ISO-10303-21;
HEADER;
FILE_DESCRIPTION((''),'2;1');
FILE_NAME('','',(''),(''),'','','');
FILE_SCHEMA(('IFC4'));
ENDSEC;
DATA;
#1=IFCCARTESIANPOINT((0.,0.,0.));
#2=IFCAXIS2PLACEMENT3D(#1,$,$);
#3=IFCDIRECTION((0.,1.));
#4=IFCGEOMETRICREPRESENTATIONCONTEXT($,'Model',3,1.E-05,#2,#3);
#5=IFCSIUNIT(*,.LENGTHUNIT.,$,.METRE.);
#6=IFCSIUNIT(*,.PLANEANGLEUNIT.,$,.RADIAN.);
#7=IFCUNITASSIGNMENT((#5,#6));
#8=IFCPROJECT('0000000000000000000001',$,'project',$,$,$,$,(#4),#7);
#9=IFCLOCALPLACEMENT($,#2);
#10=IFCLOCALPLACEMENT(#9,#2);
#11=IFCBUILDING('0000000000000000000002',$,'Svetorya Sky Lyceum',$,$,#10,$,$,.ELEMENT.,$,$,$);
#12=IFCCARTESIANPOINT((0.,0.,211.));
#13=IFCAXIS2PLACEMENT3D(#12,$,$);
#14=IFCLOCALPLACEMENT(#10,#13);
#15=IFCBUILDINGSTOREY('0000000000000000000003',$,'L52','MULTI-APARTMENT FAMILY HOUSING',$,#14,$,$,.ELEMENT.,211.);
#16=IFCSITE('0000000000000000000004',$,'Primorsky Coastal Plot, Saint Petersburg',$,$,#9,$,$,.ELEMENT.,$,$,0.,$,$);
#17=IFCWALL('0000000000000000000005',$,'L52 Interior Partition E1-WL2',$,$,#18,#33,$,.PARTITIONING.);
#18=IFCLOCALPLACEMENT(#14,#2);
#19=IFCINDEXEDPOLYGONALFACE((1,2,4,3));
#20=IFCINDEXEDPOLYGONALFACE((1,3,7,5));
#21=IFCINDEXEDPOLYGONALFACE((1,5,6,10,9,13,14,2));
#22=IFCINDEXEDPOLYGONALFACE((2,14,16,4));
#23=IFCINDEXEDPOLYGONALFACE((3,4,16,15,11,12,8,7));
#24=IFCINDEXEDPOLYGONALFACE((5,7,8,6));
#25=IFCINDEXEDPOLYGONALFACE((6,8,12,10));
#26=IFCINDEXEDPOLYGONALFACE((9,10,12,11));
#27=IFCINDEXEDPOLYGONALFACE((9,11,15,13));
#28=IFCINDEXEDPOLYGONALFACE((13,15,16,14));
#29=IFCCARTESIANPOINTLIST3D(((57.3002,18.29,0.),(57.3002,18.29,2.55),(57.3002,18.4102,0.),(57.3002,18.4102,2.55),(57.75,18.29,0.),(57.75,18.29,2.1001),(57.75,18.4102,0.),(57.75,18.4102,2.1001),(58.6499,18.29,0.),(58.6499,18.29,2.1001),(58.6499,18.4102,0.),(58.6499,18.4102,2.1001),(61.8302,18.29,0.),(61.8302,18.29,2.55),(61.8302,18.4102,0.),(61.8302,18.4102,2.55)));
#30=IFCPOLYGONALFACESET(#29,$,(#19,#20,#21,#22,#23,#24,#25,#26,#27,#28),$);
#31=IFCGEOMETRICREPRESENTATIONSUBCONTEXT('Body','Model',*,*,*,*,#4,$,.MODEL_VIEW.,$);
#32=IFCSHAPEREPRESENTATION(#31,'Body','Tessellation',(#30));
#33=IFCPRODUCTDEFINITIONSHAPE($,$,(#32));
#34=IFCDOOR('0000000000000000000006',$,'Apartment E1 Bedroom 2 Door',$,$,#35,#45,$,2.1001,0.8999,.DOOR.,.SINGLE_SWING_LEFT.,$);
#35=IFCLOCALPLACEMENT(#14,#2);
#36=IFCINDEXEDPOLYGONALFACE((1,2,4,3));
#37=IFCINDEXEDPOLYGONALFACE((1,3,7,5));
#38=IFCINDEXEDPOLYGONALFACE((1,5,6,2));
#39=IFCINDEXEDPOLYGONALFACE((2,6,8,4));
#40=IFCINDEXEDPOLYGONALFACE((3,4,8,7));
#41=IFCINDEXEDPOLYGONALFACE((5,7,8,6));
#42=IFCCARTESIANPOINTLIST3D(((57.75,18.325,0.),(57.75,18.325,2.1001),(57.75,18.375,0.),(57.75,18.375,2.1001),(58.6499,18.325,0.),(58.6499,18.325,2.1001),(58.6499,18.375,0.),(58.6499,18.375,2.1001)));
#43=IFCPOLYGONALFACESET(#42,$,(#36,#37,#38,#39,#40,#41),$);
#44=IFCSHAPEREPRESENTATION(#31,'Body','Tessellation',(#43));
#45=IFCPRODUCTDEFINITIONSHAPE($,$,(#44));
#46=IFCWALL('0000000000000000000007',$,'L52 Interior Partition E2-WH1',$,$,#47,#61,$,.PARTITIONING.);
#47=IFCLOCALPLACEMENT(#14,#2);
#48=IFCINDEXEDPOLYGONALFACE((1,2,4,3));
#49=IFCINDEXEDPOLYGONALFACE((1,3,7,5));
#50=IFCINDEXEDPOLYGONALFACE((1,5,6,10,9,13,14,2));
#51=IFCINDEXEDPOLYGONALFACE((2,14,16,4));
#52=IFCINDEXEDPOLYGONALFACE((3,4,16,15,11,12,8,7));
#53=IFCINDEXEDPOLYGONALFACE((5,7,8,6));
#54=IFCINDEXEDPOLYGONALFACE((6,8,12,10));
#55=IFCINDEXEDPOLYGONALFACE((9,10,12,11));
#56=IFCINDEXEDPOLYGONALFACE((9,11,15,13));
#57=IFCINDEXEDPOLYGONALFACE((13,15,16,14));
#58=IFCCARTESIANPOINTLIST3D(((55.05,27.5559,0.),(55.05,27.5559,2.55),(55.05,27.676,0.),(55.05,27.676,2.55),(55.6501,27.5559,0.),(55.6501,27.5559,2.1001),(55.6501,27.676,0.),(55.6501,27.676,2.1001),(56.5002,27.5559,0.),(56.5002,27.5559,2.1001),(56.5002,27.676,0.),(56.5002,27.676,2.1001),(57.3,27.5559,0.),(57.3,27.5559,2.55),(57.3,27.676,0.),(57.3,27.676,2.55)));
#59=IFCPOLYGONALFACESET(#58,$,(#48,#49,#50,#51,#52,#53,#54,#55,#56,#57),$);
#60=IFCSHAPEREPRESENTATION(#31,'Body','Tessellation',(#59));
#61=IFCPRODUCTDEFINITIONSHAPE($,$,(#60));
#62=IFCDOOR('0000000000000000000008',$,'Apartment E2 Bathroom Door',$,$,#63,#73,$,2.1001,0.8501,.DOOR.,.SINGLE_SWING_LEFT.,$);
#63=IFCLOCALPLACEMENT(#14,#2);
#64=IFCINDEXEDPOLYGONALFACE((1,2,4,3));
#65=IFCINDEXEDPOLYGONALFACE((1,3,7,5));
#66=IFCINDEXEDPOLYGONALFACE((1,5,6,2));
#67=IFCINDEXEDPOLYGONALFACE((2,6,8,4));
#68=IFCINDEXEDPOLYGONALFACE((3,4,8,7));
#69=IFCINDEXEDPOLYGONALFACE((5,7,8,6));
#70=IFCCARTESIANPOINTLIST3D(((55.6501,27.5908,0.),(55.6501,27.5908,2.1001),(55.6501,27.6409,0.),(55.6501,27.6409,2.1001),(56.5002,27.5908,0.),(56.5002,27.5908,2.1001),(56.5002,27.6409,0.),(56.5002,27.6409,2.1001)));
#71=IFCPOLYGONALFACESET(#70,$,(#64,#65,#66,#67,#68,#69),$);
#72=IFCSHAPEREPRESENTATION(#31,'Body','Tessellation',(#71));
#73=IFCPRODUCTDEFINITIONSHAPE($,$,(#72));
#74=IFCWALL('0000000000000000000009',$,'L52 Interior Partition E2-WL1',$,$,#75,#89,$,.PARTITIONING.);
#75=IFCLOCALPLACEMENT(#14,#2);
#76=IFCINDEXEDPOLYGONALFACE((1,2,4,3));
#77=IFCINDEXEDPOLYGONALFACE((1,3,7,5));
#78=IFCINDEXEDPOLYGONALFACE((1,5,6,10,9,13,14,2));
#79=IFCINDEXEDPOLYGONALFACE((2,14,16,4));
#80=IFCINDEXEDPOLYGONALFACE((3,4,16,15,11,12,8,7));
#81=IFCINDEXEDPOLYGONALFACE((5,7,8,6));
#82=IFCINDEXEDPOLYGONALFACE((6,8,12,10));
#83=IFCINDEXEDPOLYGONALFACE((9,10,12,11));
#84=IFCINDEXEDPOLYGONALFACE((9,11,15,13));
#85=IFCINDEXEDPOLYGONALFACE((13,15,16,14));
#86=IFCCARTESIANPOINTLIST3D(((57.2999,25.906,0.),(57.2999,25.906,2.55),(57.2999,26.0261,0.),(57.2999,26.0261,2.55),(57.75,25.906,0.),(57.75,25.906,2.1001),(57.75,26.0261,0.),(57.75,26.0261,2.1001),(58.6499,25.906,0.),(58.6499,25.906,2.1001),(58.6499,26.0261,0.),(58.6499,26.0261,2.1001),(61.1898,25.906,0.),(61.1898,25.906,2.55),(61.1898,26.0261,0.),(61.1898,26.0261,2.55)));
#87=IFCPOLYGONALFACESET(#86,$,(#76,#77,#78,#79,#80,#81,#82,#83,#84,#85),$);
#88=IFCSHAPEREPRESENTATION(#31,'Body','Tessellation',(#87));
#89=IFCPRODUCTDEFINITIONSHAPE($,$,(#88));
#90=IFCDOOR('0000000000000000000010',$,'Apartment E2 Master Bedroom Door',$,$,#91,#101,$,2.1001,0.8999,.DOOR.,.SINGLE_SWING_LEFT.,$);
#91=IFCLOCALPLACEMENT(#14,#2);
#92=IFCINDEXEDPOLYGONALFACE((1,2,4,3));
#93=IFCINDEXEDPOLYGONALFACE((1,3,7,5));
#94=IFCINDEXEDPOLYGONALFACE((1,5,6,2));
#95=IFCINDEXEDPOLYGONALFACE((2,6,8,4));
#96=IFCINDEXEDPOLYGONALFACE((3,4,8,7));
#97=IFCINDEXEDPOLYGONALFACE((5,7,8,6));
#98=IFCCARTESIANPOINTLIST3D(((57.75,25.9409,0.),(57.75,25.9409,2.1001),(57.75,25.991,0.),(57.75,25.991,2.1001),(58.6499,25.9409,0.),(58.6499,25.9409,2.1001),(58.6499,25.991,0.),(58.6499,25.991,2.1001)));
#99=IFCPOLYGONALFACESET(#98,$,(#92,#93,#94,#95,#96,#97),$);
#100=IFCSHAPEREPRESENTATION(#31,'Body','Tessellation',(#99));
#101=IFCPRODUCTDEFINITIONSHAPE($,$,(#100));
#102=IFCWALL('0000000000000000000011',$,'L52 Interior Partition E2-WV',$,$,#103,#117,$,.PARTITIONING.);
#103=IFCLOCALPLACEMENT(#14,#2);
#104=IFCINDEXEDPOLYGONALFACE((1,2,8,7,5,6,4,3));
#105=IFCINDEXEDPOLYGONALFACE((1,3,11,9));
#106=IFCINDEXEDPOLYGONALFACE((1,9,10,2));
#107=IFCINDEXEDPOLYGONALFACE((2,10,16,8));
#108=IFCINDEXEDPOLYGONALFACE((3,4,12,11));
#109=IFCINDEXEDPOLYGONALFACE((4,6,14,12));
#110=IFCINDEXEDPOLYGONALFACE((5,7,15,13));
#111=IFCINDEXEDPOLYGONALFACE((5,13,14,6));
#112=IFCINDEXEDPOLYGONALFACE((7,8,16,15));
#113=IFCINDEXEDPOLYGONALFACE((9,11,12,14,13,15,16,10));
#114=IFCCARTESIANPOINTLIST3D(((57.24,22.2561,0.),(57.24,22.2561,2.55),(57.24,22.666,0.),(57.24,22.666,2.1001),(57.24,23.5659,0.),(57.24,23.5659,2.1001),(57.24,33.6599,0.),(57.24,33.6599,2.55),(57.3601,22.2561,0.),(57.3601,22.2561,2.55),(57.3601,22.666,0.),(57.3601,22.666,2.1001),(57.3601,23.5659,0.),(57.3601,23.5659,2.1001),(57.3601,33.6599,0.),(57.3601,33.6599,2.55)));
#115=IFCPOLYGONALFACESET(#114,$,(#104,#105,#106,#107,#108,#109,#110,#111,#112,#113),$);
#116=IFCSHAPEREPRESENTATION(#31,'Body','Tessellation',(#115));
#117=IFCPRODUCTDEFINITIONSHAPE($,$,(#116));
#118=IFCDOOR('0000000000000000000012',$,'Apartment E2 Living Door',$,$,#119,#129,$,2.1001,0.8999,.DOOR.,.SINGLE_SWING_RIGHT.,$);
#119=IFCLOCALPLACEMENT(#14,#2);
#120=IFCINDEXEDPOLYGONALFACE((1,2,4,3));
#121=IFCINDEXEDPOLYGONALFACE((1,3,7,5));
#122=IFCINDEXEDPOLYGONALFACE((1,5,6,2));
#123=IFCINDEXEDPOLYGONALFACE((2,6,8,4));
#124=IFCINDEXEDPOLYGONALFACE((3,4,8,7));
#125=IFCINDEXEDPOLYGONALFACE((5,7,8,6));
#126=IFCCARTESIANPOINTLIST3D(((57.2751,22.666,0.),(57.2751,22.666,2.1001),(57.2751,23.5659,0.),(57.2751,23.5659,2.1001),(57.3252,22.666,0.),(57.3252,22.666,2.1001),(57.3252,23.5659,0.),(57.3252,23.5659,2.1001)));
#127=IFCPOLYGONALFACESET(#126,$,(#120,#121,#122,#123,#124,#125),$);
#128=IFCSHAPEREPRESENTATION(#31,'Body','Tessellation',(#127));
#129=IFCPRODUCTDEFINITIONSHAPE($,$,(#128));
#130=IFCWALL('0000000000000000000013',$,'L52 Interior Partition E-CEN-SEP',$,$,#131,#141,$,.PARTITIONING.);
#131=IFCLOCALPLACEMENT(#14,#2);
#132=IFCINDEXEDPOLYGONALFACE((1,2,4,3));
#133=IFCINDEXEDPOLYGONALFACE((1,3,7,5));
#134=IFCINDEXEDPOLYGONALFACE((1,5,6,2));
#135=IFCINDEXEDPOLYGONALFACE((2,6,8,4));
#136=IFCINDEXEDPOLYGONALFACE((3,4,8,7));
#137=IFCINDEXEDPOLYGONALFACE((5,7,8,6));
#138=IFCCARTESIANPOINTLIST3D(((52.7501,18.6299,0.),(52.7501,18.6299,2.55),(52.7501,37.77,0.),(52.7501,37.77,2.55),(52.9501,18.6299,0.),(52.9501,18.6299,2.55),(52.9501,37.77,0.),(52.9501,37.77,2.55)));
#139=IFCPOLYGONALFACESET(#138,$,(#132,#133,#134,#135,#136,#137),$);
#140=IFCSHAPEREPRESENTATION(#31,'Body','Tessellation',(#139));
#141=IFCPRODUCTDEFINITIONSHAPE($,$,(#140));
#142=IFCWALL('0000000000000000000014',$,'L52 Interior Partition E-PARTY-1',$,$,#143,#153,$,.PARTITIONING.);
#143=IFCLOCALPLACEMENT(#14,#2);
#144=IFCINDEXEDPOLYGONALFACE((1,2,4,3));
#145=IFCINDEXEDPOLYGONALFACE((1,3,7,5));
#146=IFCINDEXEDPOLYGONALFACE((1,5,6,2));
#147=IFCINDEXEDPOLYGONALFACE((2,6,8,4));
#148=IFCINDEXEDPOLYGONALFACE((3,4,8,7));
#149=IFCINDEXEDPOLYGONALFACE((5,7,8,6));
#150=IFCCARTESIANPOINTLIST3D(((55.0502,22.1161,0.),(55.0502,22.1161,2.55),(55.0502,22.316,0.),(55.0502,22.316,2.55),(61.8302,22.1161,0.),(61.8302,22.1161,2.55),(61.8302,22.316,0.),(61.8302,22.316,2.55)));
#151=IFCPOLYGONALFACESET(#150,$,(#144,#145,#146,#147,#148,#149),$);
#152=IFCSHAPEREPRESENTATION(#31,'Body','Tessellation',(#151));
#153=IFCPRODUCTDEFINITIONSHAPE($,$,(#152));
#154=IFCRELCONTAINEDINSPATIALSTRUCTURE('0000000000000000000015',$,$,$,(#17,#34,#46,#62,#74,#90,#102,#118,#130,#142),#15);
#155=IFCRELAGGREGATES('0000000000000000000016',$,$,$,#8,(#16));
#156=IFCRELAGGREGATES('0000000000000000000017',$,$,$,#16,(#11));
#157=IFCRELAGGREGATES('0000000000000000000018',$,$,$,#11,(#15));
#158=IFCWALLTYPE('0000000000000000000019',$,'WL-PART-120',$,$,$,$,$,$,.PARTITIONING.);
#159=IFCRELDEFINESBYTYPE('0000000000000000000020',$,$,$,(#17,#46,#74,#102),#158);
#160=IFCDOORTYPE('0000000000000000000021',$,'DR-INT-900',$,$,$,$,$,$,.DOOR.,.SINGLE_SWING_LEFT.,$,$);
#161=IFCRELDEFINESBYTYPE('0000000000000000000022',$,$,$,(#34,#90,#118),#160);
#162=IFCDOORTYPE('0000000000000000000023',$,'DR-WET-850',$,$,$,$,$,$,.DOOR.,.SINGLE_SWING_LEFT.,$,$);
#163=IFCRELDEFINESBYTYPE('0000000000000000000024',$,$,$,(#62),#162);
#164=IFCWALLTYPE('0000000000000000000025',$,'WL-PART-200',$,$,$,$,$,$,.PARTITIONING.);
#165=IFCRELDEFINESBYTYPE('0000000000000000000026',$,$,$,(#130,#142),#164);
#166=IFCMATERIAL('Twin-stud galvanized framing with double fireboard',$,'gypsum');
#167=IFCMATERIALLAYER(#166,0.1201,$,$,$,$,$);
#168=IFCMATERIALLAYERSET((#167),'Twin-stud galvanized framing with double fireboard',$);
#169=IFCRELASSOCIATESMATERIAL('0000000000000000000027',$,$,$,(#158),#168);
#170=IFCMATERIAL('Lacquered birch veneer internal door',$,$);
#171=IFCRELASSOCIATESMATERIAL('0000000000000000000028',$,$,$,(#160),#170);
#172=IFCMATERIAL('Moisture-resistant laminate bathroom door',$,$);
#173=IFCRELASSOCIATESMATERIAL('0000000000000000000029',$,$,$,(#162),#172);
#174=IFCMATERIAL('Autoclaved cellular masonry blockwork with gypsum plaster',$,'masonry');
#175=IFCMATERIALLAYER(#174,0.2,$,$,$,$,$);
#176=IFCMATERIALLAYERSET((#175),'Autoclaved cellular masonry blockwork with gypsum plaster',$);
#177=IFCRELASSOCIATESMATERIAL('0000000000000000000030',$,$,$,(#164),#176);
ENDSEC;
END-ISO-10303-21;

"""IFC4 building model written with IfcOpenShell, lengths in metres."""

from ifc_helpers import new_model, si_unit, direction, frame, frame_2d, origin, place, context, subcontext, project, spatial, rectangle, extrude, material, layer, layer_set, type_object, element, fill, save


model = new_model("IFC4")

# Units and contexts
model_context = context("Model", 3, precision=1e-05, world=origin(), true_north=direction((0.0, 1.0)))
body_context = subcontext(model_context, "Body", "Model", "MODEL_VIEW")
ifc_project = project(units=[si_unit("LENGTHUNIT", "METRE"), si_unit("PLANEANGLEUNIT", "RADIAN")], contexts=[model_context])

# Site, building, storey
site_placement = place(None, origin())
site = spatial("IfcSite", under=ifc_project, at=site_placement, Name="Primorsky Coastal Plot, Saint Petersburg", CompositionType="ELEMENT", RefElevation=0.0)
building_placement = place(site_placement, origin())
building = spatial("IfcBuilding", under=site, at=building_placement, Name="Svetorya Sky Lyceum", CompositionType="ELEMENT")
storey_placement = place(building_placement, frame((0.0, 0.0, 211.0)))
storey = spatial("IfcBuildingStorey", under=building, at=storey_placement, Name="L52", Description="MULTI-APARTMENT FAMILY HOUSING", CompositionType="ELEMENT", Elevation=211.0)

# Walls, openings, doors
ifc_material_1 = material(Name="Twin-stud galvanized framing with double fireboard", Category="gypsum")
ifc_layer_1 = layer(ifc_material_1, 0.1201)
ifc_layer_set_1 = layer_set([ifc_layer_1], Name="Twin-stud galvanized framing with double fireboard")
wall_type_1 = type_object("IfcWallType", Name="WL-PART-120", PredefinedType="PARTITIONING", material=ifc_layer_set_1)
wall_1_placement = place(storey_placement, frame((57.3, 18.3501, 0.0), z_axis=(0.0, 0.0, 1.0), x_axis=(1.0, 0.0, 0.0)))
wall_1 = element("IfcWall", 1, at=wall_1_placement, inside=storey, type_object=wall_type_1, Name="L52 Interior Partition E1-WL2", PredefinedType="PARTITIONING", context=body_context, shape_type="SweptSolid", body=[
    extrude(rectangle(XDim=4.53, YDim=0.1201, at=frame_2d((2.2651, 0.0))), origin(), (0.0, 0.0, 1.0), 2.55),
])
opening_1_placement = place(wall_1_placement, frame((0.45, 0.0, 0.0)))
opening_1 = element("IfcOpeningElement", 2, at=opening_1_placement, cuts=wall_1, PredefinedType="OPENING", context=body_context, shape_type="SweptSolid", body=[
    extrude(rectangle(XDim=0.8999, YDim=2.1001, at=frame_2d((0.45, 1.05))), frame((0.0, 0.0701, 0.0), z_axis=(0.0, -1.0, 0.0), x_axis=(1.0, 0.0, 0.0)), (0.0, 0.0, 1.0), 0.1401),
])
ifc_material_2 = material(Name="Lacquered birch veneer internal door")
door_type_1 = type_object("IfcDoorType", Name="DR-INT-900", OperationType="SINGLE_SWING_LEFT", PredefinedType="DOOR", material=ifc_material_2)
door_1_placement = place(opening_1_placement, origin())
door_1 = element("IfcDoor", 3, at=door_1_placement, inside=storey, type_object=door_type_1, Name="Apartment E1 Bedroom 2 Door", OperationType="SINGLE_SWING_LEFT", OverallHeight=2.1001, OverallWidth=0.8999, PredefinedType="DOOR", context=body_context, shape_type="SweptSolid", body=[
    extrude(rectangle(XDim=0.8999, YDim=2.1001, at=frame_2d((0.45, 1.05))), frame((0.0, 0.0249, 0.0), z_axis=(0.0, -1.0, 0.0), x_axis=(1.0, 0.0, 0.0)), (0.0, 0.0, 1.0), 0.05),
])
fill(opening_1, door_1)
wall_2_placement = place(storey_placement, frame((55.05, 27.616, 0.0), z_axis=(0.0, 0.0, 1.0), x_axis=(1.0, 0.0, 0.0)))
wall_2 = element("IfcWall", 4, at=wall_2_placement, inside=storey, type_object=wall_type_1, Name="L52 Interior Partition E2-WH1", PredefinedType="PARTITIONING", context=body_context, shape_type="SweptSolid", body=[
    extrude(rectangle(XDim=2.25, YDim=0.1201, at=frame_2d((1.125, 0.0))), origin(), (0.0, 0.0, 1.0), 2.55),
])
opening_2_placement = place(wall_2_placement, frame((0.6001, 0.0, 0.0)))
opening_2 = element("IfcOpeningElement", 5, at=opening_2_placement, cuts=wall_2, PredefinedType="OPENING", context=body_context, shape_type="SweptSolid", body=[
    extrude(rectangle(XDim=0.8501, YDim=2.1001, at=frame_2d((0.425, 1.05))), frame((0.0, 0.0701, 0.0), z_axis=(0.0, -1.0, 0.0), x_axis=(1.0, 0.0, 0.0)), (0.0, 0.0, 1.0), 0.1401),
])
ifc_material_3 = material(Name="Moisture-resistant laminate bathroom door")
door_type_2 = type_object("IfcDoorType", Name="DR-WET-850", OperationType="SINGLE_SWING_LEFT", PredefinedType="DOOR", material=ifc_material_3)
door_2_placement = place(opening_2_placement, origin())
door_2 = element("IfcDoor", 6, at=door_2_placement, inside=storey, type_object=door_type_2, Name="Apartment E2 Bathroom Door", OperationType="SINGLE_SWING_LEFT", OverallHeight=2.1001, OverallWidth=0.8501, PredefinedType="DOOR", context=body_context, shape_type="SweptSolid", body=[
    extrude(rectangle(XDim=0.8501, YDim=2.1001, at=frame_2d((0.425, 1.05))), frame((0.0, 0.0249, 0.0), z_axis=(0.0, -1.0, 0.0), x_axis=(1.0, 0.0, 0.0)), (0.0, 0.0, 1.0), 0.05),
])
fill(opening_2, door_2)
wall_3_placement = place(storey_placement, frame((57.3, 25.9661, 0.0), z_axis=(0.0, 0.0, 1.0), x_axis=(1.0, 0.0, 0.0)))
wall_3 = element("IfcWall", 7, at=wall_3_placement, inside=storey, type_object=wall_type_1, Name="L52 Interior Partition E2-WL1", PredefinedType="PARTITIONING", context=body_context, shape_type="SweptSolid", body=[
    extrude(rectangle(XDim=3.8899, YDim=0.1201, at=frame_2d((1.9448, 0.0))), origin(), (0.0, 0.0, 1.0), 2.55),
])
opening_3_placement = place(wall_3_placement, frame((0.45, 0.0, 0.0)))
opening_3 = element("IfcOpeningElement", 8, at=opening_3_placement, cuts=wall_3, PredefinedType="OPENING", context=body_context, shape_type="SweptSolid", body=[
    extrude(rectangle(XDim=0.8999, YDim=2.1001, at=frame_2d((0.45, 1.05))), frame((0.0, 0.0701, 0.0), z_axis=(0.0, -1.0, 0.0), x_axis=(1.0, 0.0, 0.0)), (0.0, 0.0, 1.0), 0.1401),
])
door_3_placement = place(opening_3_placement, origin())
door_3 = element("IfcDoor", 9, at=door_3_placement, inside=storey, type_object=door_type_1, Name="Apartment E2 Master Bedroom Door", OperationType="SINGLE_SWING_LEFT", OverallHeight=2.1001, OverallWidth=0.8999, PredefinedType="DOOR", context=body_context, shape_type="SweptSolid", body=[
    extrude(rectangle(XDim=0.8999, YDim=2.1001, at=frame_2d((0.45, 1.05))), frame((0.0, 0.0249, 0.0), z_axis=(0.0, -1.0, 0.0), x_axis=(1.0, 0.0, 0.0)), (0.0, 0.0, 1.0), 0.05),
])
fill(opening_3, door_3)
wall_4_placement = place(storey_placement, frame((57.3, 22.2561, 0.0), z_axis=(0.0, 0.0, 1.0), x_axis=(0.0, 1.0, 0.0)))
wall_4 = element("IfcWall", 10, at=wall_4_placement, inside=storey, type_object=wall_type_1, Name="L52 Interior Partition E2-WV", PredefinedType="PARTITIONING", context=body_context, shape_type="SweptSolid", body=[
    extrude(rectangle(XDim=11.4038, YDim=0.1201, at=frame_2d((5.7019, 0.0))), origin(), (0.0, 0.0, 1.0), 2.55),
])
opening_4_placement = place(wall_4_placement, frame((0.4099, 0.0, 0.0)))
opening_4 = element("IfcOpeningElement", 11, at=opening_4_placement, cuts=wall_4, PredefinedType="OPENING", context=body_context, shape_type="SweptSolid", body=[
    extrude(rectangle(XDim=0.8999, YDim=2.1001, at=frame_2d((0.45, 1.05))), frame((0.0, 0.0701, 0.0), z_axis=(0.0, -1.0, 0.0), x_axis=(1.0, 0.0, 0.0)), (0.0, 0.0, 1.0), 0.1401),
])
door_4_placement = place(opening_4_placement, origin())
door_4 = element("IfcDoor", 12, at=door_4_placement, inside=storey, type_object=door_type_1, Name="Apartment E2 Living Door", OperationType="SINGLE_SWING_RIGHT", OverallHeight=2.1001, OverallWidth=0.8999, PredefinedType="DOOR", context=body_context, shape_type="SweptSolid", body=[
    extrude(rectangle(XDim=0.8999, YDim=2.1001, at=frame_2d((0.45, 1.05))), frame((0.0, 0.0249, 0.0), z_axis=(0.0, -1.0, 0.0), x_axis=(1.0, 0.0, 0.0)), (0.0, 0.0, 1.0), 0.05),
])
fill(opening_4, door_4)

# Walls
ifc_material_4 = material(Name="Autoclaved cellular masonry blockwork with gypsum plaster", Category="masonry")
ifc_layer_2 = layer(ifc_material_4, 0.2)
ifc_layer_set_2 = layer_set([ifc_layer_2], Name="Autoclaved cellular masonry blockwork with gypsum plaster")
wall_type_2 = type_object("IfcWallType", Name="WL-PART-200", PredefinedType="PARTITIONING", material=ifc_layer_set_2)
wall_5_placement = place(storey_placement, frame((52.8501, 18.6299, 0.0), z_axis=(0.0, 0.0, 1.0), x_axis=(0.0, 1.0, 0.0)))
element("IfcWall", 13, at=wall_5_placement, inside=storey, type_object=wall_type_2, Name="L52 Interior Partition E-CEN-SEP", PredefinedType="PARTITIONING", context=body_context, shape_type="SweptSolid", body=[
    extrude(rectangle(XDim=19.1401, YDim=0.2, at=frame_2d((9.5701, 0.0))), origin(), (0.0, 0.0, 1.0), 2.55),
])
wall_6_placement = place(storey_placement, frame((55.05, 22.2161, 0.0), z_axis=(0.0, 0.0, 1.0), x_axis=(1.0, 0.0, 0.0)))
element("IfcWall", 14, at=wall_6_placement, inside=storey, type_object=wall_type_2, Name="L52 Interior Partition E-PARTY-1", PredefinedType="PARTITIONING", context=body_context, shape_type="SweptSolid", body=[
    extrude(rectangle(XDim=6.78, YDim=0.2, at=frame_2d((3.3901, 0.0))), origin(), (0.0, 0.0, 1.0), 2.55),
])

save(model, "model.ifc")
